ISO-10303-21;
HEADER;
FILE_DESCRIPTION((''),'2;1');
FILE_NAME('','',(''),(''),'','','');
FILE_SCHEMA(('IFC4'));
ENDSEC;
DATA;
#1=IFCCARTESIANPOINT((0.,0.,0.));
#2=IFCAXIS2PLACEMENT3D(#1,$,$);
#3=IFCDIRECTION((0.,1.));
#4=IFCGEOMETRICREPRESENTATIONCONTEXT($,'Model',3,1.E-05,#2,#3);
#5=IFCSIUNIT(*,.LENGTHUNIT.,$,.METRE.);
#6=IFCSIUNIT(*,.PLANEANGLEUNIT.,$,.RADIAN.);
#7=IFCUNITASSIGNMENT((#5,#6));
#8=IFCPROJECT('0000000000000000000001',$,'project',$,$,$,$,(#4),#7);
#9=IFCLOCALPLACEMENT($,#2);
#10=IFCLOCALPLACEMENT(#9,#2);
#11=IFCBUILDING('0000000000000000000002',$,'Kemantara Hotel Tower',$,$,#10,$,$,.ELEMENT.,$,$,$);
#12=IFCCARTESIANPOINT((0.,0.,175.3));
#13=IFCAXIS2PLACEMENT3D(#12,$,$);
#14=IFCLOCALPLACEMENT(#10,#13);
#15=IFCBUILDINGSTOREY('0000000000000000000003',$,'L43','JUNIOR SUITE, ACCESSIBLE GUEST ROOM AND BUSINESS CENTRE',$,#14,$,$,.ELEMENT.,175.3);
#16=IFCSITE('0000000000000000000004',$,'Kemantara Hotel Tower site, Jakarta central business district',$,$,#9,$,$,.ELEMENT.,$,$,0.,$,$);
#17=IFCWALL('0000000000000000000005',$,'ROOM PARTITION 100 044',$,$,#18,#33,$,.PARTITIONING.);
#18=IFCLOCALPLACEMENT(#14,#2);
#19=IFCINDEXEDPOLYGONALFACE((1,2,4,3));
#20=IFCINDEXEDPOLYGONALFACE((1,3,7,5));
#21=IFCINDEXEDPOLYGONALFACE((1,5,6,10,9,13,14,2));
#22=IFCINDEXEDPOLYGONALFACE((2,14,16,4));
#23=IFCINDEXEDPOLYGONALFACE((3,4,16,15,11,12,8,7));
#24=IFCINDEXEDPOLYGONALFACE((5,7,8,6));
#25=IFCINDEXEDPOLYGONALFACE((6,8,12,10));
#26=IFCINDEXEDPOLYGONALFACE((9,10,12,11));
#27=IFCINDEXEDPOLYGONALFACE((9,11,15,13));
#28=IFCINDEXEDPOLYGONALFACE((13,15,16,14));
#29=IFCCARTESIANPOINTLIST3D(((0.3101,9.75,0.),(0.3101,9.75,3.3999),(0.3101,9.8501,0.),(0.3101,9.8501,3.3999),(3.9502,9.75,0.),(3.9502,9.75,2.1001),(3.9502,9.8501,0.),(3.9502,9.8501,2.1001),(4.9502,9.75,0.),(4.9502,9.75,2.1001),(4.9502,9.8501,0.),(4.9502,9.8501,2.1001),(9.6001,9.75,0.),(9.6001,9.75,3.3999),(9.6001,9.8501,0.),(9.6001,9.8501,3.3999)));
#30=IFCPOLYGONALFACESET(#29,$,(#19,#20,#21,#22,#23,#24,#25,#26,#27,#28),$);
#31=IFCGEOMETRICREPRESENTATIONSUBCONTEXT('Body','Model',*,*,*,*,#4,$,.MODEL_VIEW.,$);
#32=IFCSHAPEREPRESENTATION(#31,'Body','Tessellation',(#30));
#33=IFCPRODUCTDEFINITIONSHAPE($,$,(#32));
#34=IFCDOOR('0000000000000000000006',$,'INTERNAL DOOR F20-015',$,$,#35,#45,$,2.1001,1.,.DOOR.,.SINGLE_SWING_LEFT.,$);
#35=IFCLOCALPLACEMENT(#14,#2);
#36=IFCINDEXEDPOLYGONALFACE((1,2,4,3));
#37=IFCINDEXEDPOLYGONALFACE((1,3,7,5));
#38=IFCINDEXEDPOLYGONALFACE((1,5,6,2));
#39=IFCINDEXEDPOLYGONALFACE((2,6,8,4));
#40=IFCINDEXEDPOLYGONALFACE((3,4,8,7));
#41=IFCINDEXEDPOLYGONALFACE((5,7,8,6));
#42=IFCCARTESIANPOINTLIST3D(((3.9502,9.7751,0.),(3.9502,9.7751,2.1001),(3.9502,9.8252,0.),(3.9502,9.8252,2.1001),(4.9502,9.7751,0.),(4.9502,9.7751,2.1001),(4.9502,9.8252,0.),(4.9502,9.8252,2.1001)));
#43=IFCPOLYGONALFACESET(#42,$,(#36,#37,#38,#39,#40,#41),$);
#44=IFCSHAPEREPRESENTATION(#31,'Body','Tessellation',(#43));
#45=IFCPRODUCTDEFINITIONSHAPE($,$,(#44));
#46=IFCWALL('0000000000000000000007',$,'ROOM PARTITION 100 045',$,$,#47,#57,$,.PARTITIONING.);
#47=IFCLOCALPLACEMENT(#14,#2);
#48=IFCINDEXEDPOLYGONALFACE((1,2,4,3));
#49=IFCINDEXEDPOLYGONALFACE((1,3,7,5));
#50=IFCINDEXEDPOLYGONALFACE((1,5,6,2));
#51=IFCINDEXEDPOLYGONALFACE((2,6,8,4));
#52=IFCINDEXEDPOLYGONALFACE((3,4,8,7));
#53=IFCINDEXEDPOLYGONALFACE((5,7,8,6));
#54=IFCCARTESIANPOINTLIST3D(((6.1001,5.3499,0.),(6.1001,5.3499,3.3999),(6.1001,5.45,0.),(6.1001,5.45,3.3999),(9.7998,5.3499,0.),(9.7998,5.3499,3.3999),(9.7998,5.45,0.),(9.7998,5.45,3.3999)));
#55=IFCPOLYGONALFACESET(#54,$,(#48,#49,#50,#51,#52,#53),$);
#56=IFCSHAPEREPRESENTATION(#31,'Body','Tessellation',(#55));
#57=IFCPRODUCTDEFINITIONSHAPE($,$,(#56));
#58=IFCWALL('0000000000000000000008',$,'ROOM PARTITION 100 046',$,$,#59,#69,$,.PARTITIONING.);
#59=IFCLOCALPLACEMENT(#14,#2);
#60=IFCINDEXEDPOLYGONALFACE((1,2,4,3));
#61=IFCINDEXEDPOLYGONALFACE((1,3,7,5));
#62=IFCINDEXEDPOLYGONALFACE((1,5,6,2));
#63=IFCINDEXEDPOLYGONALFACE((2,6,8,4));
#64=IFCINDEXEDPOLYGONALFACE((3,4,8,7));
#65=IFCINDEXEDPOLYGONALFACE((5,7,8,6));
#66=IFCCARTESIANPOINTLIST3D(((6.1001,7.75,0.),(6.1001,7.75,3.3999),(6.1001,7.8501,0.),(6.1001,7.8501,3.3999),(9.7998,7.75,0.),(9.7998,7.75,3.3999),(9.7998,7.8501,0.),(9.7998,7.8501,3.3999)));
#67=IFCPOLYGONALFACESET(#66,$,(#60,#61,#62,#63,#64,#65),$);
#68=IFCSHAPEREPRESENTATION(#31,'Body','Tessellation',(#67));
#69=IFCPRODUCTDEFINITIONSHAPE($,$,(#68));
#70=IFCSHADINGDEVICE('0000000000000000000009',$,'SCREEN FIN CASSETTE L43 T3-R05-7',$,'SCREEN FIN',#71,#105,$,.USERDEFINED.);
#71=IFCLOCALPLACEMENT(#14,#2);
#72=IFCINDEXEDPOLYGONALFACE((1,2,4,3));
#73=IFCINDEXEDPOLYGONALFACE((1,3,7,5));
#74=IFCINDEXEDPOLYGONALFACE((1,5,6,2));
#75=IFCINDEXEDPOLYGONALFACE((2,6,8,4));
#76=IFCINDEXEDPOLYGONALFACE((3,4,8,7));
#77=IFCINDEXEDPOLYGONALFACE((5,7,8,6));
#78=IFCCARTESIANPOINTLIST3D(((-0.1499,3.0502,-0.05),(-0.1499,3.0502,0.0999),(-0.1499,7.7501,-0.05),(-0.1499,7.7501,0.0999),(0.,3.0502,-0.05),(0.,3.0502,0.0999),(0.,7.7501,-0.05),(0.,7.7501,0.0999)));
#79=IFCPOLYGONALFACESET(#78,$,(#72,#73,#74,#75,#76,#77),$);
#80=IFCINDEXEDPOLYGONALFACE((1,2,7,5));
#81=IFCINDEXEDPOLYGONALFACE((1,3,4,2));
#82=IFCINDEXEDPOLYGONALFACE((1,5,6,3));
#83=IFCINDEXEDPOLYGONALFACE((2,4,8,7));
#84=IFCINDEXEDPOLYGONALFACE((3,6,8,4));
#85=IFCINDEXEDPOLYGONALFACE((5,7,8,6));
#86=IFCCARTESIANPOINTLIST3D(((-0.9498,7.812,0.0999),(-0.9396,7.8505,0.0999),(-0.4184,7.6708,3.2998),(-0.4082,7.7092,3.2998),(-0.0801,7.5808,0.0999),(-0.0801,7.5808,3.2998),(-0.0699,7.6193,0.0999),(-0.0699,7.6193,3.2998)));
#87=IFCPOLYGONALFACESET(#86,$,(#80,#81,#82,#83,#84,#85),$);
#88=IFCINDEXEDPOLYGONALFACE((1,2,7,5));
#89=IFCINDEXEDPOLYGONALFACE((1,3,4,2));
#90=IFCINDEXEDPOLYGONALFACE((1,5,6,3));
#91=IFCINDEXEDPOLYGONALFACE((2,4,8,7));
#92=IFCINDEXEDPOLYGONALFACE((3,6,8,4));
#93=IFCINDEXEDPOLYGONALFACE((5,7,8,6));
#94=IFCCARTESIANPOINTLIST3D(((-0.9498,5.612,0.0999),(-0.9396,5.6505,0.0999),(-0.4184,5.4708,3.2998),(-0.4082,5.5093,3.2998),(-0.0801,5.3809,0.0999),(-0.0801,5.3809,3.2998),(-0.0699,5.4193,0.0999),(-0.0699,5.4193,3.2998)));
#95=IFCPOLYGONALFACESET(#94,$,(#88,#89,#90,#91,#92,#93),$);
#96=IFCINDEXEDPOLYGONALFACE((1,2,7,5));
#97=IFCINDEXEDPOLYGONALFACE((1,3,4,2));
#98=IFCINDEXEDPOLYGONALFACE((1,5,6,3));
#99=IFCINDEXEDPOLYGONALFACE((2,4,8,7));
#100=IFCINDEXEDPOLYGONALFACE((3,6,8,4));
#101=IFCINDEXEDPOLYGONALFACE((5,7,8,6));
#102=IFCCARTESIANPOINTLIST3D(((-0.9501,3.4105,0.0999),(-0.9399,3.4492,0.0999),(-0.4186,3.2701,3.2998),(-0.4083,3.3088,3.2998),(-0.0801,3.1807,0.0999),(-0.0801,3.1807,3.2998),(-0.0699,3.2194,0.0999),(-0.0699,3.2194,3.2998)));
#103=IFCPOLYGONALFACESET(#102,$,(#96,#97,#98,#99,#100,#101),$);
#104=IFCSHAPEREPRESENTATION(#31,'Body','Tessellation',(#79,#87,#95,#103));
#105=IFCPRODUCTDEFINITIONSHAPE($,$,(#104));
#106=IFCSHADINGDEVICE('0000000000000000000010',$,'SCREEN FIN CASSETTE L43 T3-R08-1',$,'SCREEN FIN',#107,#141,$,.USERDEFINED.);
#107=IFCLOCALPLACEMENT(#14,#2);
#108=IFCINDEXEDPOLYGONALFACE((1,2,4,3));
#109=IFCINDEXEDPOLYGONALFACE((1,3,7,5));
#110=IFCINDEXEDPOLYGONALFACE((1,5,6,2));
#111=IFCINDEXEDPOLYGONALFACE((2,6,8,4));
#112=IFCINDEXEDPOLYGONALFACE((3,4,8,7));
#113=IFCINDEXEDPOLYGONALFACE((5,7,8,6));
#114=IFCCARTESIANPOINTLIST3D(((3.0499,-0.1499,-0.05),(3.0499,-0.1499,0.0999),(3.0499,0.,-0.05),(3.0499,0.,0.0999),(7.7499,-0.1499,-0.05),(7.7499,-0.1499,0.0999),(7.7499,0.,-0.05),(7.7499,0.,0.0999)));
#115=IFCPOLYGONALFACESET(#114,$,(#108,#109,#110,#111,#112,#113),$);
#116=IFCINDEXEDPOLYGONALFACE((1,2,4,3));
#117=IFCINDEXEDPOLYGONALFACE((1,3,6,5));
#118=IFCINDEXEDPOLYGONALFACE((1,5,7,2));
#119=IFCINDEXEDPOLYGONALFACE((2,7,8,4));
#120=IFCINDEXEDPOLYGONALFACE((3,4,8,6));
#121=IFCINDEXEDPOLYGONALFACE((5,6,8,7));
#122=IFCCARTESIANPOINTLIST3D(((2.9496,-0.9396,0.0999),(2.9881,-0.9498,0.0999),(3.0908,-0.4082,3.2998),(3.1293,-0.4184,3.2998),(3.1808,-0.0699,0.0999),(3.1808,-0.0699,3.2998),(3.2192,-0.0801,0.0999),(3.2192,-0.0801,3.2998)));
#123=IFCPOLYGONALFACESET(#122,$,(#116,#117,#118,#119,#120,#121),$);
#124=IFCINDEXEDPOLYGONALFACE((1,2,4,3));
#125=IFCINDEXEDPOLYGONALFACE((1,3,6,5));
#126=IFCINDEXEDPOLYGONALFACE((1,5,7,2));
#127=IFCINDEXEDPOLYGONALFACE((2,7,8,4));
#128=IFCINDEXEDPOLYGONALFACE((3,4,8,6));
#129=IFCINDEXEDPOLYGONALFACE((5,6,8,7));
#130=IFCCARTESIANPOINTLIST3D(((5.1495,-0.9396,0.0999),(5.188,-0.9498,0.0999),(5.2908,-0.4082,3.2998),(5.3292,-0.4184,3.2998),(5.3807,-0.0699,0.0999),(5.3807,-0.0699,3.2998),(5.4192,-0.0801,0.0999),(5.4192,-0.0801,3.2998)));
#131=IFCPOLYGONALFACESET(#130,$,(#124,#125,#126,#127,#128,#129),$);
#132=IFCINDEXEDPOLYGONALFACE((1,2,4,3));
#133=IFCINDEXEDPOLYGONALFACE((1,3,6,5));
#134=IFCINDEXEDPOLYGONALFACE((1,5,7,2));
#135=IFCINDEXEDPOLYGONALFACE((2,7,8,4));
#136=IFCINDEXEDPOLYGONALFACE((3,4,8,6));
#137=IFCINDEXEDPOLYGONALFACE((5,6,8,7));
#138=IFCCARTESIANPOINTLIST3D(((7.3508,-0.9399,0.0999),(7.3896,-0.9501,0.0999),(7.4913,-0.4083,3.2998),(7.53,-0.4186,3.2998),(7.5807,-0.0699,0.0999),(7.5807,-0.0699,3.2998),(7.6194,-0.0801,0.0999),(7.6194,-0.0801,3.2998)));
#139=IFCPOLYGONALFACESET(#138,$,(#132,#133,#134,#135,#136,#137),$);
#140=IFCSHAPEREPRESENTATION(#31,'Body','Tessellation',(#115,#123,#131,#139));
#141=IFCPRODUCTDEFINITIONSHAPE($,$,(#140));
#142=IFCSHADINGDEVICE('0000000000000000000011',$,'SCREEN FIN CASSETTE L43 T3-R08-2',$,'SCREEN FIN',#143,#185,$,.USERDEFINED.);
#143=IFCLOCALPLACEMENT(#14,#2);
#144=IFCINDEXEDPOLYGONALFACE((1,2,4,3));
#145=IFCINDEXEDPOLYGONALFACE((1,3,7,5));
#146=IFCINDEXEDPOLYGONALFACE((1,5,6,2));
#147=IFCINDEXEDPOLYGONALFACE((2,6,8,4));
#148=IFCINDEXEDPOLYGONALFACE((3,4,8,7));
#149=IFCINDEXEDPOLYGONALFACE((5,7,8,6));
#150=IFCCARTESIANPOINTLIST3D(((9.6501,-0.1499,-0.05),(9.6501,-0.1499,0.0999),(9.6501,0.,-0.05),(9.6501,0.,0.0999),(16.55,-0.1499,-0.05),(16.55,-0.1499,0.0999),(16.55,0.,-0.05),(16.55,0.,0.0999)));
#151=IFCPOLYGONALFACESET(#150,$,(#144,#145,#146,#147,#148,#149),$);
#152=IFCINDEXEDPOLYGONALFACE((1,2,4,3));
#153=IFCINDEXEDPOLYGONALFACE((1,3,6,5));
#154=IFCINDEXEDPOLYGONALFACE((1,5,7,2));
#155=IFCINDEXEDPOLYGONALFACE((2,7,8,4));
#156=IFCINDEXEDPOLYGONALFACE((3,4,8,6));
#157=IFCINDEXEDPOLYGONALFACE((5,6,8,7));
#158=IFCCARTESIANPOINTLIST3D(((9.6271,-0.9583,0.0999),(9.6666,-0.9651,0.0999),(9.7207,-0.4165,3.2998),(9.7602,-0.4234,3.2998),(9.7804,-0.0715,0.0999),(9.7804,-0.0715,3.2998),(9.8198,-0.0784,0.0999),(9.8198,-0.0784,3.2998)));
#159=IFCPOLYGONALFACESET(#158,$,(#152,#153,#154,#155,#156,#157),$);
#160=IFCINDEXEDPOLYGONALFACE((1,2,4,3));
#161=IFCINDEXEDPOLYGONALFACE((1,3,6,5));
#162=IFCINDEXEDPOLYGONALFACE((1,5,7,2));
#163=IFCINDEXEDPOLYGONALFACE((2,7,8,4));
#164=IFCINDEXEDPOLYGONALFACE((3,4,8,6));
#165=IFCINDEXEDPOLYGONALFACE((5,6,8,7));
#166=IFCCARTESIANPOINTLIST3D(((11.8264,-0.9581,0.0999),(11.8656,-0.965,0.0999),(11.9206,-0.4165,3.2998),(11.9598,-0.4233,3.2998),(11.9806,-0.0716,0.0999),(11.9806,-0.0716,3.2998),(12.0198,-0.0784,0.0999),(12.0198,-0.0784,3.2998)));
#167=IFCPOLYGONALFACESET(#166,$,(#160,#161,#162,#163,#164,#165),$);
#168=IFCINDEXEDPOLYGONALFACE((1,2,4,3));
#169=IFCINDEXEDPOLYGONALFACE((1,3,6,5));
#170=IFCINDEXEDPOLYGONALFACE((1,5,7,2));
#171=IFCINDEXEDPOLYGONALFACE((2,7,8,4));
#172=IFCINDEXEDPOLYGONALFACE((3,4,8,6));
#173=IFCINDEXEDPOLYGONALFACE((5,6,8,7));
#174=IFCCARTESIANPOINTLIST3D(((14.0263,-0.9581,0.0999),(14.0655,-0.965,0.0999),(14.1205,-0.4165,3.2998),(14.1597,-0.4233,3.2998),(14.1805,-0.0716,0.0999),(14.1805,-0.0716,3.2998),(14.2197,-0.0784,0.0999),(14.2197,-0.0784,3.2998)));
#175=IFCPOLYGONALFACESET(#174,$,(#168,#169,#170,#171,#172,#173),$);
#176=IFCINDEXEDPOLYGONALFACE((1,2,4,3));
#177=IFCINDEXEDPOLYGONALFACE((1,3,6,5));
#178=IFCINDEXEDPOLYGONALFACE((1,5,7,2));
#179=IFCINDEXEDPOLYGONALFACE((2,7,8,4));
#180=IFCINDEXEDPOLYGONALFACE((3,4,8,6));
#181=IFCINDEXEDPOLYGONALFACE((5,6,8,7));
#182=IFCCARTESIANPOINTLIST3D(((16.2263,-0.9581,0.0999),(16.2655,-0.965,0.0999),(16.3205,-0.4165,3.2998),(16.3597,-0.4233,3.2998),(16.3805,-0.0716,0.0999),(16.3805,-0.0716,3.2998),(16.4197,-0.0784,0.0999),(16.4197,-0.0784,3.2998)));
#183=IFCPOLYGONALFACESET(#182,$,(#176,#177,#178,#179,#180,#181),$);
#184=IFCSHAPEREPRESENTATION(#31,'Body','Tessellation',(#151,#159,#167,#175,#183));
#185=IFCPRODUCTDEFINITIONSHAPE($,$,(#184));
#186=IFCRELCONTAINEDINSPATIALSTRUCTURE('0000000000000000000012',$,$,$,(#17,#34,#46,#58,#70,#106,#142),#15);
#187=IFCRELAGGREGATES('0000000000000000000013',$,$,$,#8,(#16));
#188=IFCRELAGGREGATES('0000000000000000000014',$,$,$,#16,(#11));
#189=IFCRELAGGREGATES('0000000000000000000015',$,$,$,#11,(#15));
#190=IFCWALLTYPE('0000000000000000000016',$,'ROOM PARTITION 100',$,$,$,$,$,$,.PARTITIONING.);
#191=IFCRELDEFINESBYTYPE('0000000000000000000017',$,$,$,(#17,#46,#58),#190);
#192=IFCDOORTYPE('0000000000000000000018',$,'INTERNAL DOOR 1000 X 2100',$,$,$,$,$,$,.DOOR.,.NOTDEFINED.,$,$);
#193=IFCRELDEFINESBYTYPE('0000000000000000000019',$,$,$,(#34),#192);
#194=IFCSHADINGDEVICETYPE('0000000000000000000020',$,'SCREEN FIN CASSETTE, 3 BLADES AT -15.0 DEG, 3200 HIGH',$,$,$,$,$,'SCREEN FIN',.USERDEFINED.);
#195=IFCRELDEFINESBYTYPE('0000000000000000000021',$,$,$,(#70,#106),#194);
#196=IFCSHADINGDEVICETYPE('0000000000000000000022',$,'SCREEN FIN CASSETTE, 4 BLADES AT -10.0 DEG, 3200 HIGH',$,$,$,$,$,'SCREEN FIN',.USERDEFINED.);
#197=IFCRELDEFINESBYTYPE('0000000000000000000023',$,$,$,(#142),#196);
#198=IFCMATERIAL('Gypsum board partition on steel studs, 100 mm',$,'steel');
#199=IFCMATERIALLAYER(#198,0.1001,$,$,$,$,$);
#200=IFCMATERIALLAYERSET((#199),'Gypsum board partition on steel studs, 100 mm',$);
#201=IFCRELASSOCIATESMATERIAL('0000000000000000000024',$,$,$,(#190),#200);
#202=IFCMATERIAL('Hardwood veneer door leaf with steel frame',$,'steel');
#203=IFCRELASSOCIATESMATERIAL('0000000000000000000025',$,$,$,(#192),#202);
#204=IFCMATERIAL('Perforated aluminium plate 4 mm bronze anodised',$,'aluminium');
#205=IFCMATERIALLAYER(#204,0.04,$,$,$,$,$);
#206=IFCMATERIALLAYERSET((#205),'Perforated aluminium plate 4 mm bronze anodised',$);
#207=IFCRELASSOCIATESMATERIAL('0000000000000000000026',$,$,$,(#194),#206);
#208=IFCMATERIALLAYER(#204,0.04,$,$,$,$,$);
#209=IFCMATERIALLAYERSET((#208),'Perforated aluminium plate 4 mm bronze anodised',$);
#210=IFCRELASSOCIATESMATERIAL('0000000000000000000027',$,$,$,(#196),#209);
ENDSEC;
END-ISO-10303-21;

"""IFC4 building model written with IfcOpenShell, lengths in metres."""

from ifc_helpers import new_model, si_unit, direction, frame, frame_2d, origin, origin_2d, place, context, subcontext, project, spatial, polyline, rectangle, outline, extrude, source, transform, mapped, material, layer, layer_set, type_object, element, fill, save


model = new_model("IFC4")

# Units and contexts
model_context = context("Model", 3, precision=1e-05, world=origin(), true_north=direction((0.0, 1.0)))
body_context = subcontext(model_context, "Body", "Model", "MODEL_VIEW")
ifc_project = project(units=[si_unit("LENGTHUNIT", "METRE"), si_unit("PLANEANGLEUNIT", "RADIAN")], contexts=[model_context])

# Site, building, storey
site_placement = place(None, origin())
site = spatial("IfcSite", under=ifc_project, at=site_placement, Name="Kemantara Hotel Tower site, Jakarta central business district", CompositionType="ELEMENT", RefElevation=0.0)
building_placement = place(site_placement, origin())
building = spatial("IfcBuilding", under=site, at=building_placement, Name="Kemantara Hotel Tower", CompositionType="ELEMENT")
storey_placement = place(building_placement, frame((0.0, 0.0, 175.3)))
storey = spatial("IfcBuildingStorey", under=building, at=storey_placement, Name="L43", Description="JUNIOR SUITE, ACCESSIBLE GUEST ROOM AND BUSINESS CENTRE", CompositionType="ELEMENT", Elevation=175.3)

# Shared definitions
ifc_material_1 = material(Name="Hardwood veneer door leaf with steel frame", Category="steel")
ifc_material_2 = material(Name="Gypsum board partition on steel studs, 100 mm", Category="steel")
ifc_layer_1 = layer(ifc_material_2, 0.1001)
ifc_layer_set_1 = layer_set([ifc_layer_1], Name="Gypsum board partition on steel studs, 100 mm")
wall_type_1 = type_object("IfcWallType", Name="ROOM PARTITION 100", PredefinedType="PARTITIONING", material=ifc_layer_set_1)

# Wall, opening, door
wall_1_placement = place(storey_placement, frame((9.6001, 9.8, 0.0), z_axis=(0.0, 0.0, 1.0), x_axis=(-1.0, 0.0, 0.0)))
wall_1 = element("IfcWall", 1, at=wall_1_placement, inside=storey, type_object=wall_type_1, Name="ROOM PARTITION 100 044", PredefinedType="PARTITIONING", context=body_context, shape_type="SweptSolid", body=[
    extrude(rectangle(XDim=9.29, YDim=0.1001, at=frame_2d((4.645, 0.0))), origin(), (0.0, 0.0, 1.0), 3.3999),
])
opening_1_placement = place(wall_1_placement, frame((4.6499, 0.0, 0.0)))
opening_1 = element("IfcOpeningElement", 2, at=opening_1_placement, cuts=wall_1, PredefinedType="OPENING", context=body_context, shape_type="SweptSolid", body=[
    extrude(rectangle(XDim=1.0, YDim=2.1001, at=frame_2d((0.5, 1.05))), frame((0.0, 0.0601, 0.0), z_axis=(0.0, -1.0, 0.0), x_axis=(1.0, 0.0, 0.0)), (0.0, 0.0, 1.0), 0.1201),
])
door_type_1 = type_object("IfcDoorType", Name="INTERNAL DOOR 1000 X 2100", OperationType="NOTDEFINED", PredefinedType="DOOR", material=ifc_material_1)
door_1_placement = place(opening_1_placement, origin())
door_1 = element("IfcDoor", 3, at=door_1_placement, inside=storey, type_object=door_type_1, Name="INTERNAL DOOR F20-015", OperationType="SINGLE_SWING_LEFT", OverallHeight=2.1001, OverallWidth=1.0, PredefinedType="DOOR", context=body_context, shape_type="SweptSolid", body=[
    extrude(rectangle(XDim=1.0, YDim=2.1001, at=frame_2d((0.5, 1.05))), frame((0.0, 0.0249, 0.0), z_axis=(0.0, -1.0, 0.0), x_axis=(1.0, 0.0, 0.0)), (0.0, 0.0, 1.0), 0.05),
])
fill(opening_1, door_1)

# Walls
for number, where, z_axis, x_axis, name in (
    (4, (6.1001, 5.3999, 0.0), (0.0, 0.0, 1.0), (1.0, 0.0, 0.0), "ROOM PARTITION 100 045"),
    (5, (6.1001, 7.8, 0.0), (0.0, 0.0, 1.0), (1.0, 0.0, 0.0), "ROOM PARTITION 100 046"),
):
    element("IfcWall", number, at=place(storey_placement, frame(where, z_axis=z_axis, x_axis=x_axis)), inside=storey, type_object=wall_type_1, Name=name, PredefinedType="PARTITIONING", context=body_context, shape_type="SweptSolid", body=[
        extrude(rectangle(XDim=3.6997, YDim=0.1001, at=frame_2d((1.8499, 0.0))), origin(), (0.0, 0.0, 1.0), 3.3999),
    ])

# Shading devices
ifc_material_3 = material(Name="Perforated aluminium plate 4 mm bronze anodised", Category="aluminium")
ifc_layer_2 = layer(ifc_material_3, 0.04)
ifc_layer_set_2 = layer_set([ifc_layer_2], Name="Perforated aluminium plate 4 mm bronze anodised")
shading_device_type_1 = type_object("IfcShadingDeviceType", Name="SCREEN FIN CASSETTE, 3 BLADES AT -15.0 DEG, 3200 HIGH", ElementType="SCREEN FIN", PredefinedType="USERDEFINED", material=ifc_layer_set_2)
shared_shape_1 = source(origin(), body_context, "Body", "SweptSolid", [
    extrude(rectangle(XDim=4.7, YDim=0.1499, at=origin_2d()), frame((2.2, -0.075, -0.1499), z_axis=(0.0, 0.0, 1.0), x_axis=(1.0, 0.0, 0.0)), (0.0, 0.0, 1.0), 0.1499),
    extrude(outline(polyline([(0.0, 0.0), (0.8999, 0.0), (0.3501, 3.2), (0.0, 3.2), (0.0, 0.0)])), frame((0.0193, -0.0801, 0.0), z_axis=(-0.966438, 0.256901, 0.0), x_axis=(-0.256901, -0.966438, 0.0)), (0.0, 0.0, 1.0), 0.0398),
    extrude(outline(polyline([(0.0, 0.0), (0.8999, 0.0), (0.3501, 3.2), (0.0, 3.2), (0.0, 0.0)])), frame((2.2192, -0.0801, 0.0), z_axis=(-0.966438, 0.256901, 0.0), x_axis=(-0.256901, -0.966438, 0.0)), (0.0, 0.0, 1.0), 0.0398),
    extrude(outline(polyline([(0.0, 0.0), (0.8999, 0.0), (0.3501, 3.2), (0.0, 3.2), (0.0, 0.0)])), frame((4.4194, -0.0801, 0.0), z_axis=(-0.966838, 0.255391, 0.0), x_axis=(-0.255391, -0.966838, 0.0)), (0.0, 0.0, 1.0), 0.04),
])
for number, where, z_axis, x_axis, name in (
    (6, (0.0, 7.6001, 0.0999), (0.0, 0.0, 1.0), (0.0, -1.0, 0.0), "SCREEN FIN CASSETTE L43 T3-R05-7"),
    (7, (3.2, 0.0, 0.0999), (0.0, 0.0, 1.0), (1.0, 0.0, 0.0), "SCREEN FIN CASSETTE L43 T3-R08-1"),
):
    element("IfcShadingDevice", number, at=place(storey_placement, frame(where, z_axis=z_axis, x_axis=x_axis)), inside=storey, type_object=shading_device_type_1, Name=name, ObjectType="SCREEN FIN", PredefinedType="USERDEFINED", context=body_context, shape_type="MappedRepresentation", body=[
        mapped(shared_shape_1, transform((0.0, 0.0, 0.0))),
    ])
ifc_layer_3 = layer(ifc_material_3, 0.04)
ifc_layer_set_3 = layer_set([ifc_layer_3], Name="Perforated aluminium plate 4 mm bronze anodised")
shading_device_type_2 = type_object("IfcShadingDeviceType", Name="SCREEN FIN CASSETTE, 4 BLADES AT -10.0 DEG, 3200 HIGH", ElementType="SCREEN FIN", PredefinedType="USERDEFINED", material=ifc_layer_set_3)
shared_shape_2 = source(origin(), body_context, "Body", "SweptSolid", [
    extrude(rectangle(XDim=6.8999, YDim=0.1499, at=origin_2d()), frame((3.3, -0.075, -0.1499), z_axis=(0.0, 0.0, 1.0), x_axis=(1.0, 0.0, 0.0)), (0.0, 0.0, 1.0), 0.1499),
    extrude(outline(polyline([(0.0, 0.0), (0.8999, 0.0), (0.3501, 3.2), (0.0, 3.2), (0.0, 0.0)])), frame((0.0198, -0.0784, 0.0), z_axis=(-0.98539, 0.170314, 0.0), x_axis=(-0.170314, -0.98539, 0.0)), (0.0, 0.0, 1.0), 0.04),
    extrude(outline(polyline([(0.0, 0.0), (0.8999, 0.0), (0.3501, 3.2), (0.0, 3.2), (0.0, 0.0)])), frame((2.2197, -0.0784, 0.0), z_axis=(-0.985212, 0.171341, 0.0), x_axis=(-0.171341, -0.985212, 0.0)), (0.0, 0.0, 1.0), 0.0398),
    extrude(outline(polyline([(0.0, 0.0), (0.8999, 0.0), (0.3501, 3.2), (0.0, 3.2), (0.0, 0.0)])), frame((4.4197, -0.0784, 0.0), z_axis=(-0.985212, 0.171341, 0.0), x_axis=(-0.171341, -0.985212, 0.0)), (0.0, 0.0, 1.0), 0.0398),
    extrude(outline(polyline([(0.0, 0.0), (0.8999, 0.0), (0.3501, 3.2), (0.0, 3.2), (0.0, 0.0)])), frame((6.6196, -0.0784, 0.0), z_axis=(-0.985212, 0.171341, 0.0), x_axis=(-0.171341, -0.985212, 0.0)), (0.0, 0.0, 1.0), 0.0398),
])
shading_device_placement = place(storey_placement, frame((9.8, 0.0, 0.0999), z_axis=(0.0, 0.0, 1.0), x_axis=(1.0, 0.0, 0.0)))
element("IfcShadingDevice", 8, at=shading_device_placement, inside=storey, type_object=shading_device_type_2, Name="SCREEN FIN CASSETTE L43 T3-R08-2", ObjectType="SCREEN FIN", PredefinedType="USERDEFINED", context=body_context, shape_type="MappedRepresentation", body=[
    mapped(shared_shape_2, transform((0.0, 0.0, 0.0))),
])

save(model, "model.ifc")
